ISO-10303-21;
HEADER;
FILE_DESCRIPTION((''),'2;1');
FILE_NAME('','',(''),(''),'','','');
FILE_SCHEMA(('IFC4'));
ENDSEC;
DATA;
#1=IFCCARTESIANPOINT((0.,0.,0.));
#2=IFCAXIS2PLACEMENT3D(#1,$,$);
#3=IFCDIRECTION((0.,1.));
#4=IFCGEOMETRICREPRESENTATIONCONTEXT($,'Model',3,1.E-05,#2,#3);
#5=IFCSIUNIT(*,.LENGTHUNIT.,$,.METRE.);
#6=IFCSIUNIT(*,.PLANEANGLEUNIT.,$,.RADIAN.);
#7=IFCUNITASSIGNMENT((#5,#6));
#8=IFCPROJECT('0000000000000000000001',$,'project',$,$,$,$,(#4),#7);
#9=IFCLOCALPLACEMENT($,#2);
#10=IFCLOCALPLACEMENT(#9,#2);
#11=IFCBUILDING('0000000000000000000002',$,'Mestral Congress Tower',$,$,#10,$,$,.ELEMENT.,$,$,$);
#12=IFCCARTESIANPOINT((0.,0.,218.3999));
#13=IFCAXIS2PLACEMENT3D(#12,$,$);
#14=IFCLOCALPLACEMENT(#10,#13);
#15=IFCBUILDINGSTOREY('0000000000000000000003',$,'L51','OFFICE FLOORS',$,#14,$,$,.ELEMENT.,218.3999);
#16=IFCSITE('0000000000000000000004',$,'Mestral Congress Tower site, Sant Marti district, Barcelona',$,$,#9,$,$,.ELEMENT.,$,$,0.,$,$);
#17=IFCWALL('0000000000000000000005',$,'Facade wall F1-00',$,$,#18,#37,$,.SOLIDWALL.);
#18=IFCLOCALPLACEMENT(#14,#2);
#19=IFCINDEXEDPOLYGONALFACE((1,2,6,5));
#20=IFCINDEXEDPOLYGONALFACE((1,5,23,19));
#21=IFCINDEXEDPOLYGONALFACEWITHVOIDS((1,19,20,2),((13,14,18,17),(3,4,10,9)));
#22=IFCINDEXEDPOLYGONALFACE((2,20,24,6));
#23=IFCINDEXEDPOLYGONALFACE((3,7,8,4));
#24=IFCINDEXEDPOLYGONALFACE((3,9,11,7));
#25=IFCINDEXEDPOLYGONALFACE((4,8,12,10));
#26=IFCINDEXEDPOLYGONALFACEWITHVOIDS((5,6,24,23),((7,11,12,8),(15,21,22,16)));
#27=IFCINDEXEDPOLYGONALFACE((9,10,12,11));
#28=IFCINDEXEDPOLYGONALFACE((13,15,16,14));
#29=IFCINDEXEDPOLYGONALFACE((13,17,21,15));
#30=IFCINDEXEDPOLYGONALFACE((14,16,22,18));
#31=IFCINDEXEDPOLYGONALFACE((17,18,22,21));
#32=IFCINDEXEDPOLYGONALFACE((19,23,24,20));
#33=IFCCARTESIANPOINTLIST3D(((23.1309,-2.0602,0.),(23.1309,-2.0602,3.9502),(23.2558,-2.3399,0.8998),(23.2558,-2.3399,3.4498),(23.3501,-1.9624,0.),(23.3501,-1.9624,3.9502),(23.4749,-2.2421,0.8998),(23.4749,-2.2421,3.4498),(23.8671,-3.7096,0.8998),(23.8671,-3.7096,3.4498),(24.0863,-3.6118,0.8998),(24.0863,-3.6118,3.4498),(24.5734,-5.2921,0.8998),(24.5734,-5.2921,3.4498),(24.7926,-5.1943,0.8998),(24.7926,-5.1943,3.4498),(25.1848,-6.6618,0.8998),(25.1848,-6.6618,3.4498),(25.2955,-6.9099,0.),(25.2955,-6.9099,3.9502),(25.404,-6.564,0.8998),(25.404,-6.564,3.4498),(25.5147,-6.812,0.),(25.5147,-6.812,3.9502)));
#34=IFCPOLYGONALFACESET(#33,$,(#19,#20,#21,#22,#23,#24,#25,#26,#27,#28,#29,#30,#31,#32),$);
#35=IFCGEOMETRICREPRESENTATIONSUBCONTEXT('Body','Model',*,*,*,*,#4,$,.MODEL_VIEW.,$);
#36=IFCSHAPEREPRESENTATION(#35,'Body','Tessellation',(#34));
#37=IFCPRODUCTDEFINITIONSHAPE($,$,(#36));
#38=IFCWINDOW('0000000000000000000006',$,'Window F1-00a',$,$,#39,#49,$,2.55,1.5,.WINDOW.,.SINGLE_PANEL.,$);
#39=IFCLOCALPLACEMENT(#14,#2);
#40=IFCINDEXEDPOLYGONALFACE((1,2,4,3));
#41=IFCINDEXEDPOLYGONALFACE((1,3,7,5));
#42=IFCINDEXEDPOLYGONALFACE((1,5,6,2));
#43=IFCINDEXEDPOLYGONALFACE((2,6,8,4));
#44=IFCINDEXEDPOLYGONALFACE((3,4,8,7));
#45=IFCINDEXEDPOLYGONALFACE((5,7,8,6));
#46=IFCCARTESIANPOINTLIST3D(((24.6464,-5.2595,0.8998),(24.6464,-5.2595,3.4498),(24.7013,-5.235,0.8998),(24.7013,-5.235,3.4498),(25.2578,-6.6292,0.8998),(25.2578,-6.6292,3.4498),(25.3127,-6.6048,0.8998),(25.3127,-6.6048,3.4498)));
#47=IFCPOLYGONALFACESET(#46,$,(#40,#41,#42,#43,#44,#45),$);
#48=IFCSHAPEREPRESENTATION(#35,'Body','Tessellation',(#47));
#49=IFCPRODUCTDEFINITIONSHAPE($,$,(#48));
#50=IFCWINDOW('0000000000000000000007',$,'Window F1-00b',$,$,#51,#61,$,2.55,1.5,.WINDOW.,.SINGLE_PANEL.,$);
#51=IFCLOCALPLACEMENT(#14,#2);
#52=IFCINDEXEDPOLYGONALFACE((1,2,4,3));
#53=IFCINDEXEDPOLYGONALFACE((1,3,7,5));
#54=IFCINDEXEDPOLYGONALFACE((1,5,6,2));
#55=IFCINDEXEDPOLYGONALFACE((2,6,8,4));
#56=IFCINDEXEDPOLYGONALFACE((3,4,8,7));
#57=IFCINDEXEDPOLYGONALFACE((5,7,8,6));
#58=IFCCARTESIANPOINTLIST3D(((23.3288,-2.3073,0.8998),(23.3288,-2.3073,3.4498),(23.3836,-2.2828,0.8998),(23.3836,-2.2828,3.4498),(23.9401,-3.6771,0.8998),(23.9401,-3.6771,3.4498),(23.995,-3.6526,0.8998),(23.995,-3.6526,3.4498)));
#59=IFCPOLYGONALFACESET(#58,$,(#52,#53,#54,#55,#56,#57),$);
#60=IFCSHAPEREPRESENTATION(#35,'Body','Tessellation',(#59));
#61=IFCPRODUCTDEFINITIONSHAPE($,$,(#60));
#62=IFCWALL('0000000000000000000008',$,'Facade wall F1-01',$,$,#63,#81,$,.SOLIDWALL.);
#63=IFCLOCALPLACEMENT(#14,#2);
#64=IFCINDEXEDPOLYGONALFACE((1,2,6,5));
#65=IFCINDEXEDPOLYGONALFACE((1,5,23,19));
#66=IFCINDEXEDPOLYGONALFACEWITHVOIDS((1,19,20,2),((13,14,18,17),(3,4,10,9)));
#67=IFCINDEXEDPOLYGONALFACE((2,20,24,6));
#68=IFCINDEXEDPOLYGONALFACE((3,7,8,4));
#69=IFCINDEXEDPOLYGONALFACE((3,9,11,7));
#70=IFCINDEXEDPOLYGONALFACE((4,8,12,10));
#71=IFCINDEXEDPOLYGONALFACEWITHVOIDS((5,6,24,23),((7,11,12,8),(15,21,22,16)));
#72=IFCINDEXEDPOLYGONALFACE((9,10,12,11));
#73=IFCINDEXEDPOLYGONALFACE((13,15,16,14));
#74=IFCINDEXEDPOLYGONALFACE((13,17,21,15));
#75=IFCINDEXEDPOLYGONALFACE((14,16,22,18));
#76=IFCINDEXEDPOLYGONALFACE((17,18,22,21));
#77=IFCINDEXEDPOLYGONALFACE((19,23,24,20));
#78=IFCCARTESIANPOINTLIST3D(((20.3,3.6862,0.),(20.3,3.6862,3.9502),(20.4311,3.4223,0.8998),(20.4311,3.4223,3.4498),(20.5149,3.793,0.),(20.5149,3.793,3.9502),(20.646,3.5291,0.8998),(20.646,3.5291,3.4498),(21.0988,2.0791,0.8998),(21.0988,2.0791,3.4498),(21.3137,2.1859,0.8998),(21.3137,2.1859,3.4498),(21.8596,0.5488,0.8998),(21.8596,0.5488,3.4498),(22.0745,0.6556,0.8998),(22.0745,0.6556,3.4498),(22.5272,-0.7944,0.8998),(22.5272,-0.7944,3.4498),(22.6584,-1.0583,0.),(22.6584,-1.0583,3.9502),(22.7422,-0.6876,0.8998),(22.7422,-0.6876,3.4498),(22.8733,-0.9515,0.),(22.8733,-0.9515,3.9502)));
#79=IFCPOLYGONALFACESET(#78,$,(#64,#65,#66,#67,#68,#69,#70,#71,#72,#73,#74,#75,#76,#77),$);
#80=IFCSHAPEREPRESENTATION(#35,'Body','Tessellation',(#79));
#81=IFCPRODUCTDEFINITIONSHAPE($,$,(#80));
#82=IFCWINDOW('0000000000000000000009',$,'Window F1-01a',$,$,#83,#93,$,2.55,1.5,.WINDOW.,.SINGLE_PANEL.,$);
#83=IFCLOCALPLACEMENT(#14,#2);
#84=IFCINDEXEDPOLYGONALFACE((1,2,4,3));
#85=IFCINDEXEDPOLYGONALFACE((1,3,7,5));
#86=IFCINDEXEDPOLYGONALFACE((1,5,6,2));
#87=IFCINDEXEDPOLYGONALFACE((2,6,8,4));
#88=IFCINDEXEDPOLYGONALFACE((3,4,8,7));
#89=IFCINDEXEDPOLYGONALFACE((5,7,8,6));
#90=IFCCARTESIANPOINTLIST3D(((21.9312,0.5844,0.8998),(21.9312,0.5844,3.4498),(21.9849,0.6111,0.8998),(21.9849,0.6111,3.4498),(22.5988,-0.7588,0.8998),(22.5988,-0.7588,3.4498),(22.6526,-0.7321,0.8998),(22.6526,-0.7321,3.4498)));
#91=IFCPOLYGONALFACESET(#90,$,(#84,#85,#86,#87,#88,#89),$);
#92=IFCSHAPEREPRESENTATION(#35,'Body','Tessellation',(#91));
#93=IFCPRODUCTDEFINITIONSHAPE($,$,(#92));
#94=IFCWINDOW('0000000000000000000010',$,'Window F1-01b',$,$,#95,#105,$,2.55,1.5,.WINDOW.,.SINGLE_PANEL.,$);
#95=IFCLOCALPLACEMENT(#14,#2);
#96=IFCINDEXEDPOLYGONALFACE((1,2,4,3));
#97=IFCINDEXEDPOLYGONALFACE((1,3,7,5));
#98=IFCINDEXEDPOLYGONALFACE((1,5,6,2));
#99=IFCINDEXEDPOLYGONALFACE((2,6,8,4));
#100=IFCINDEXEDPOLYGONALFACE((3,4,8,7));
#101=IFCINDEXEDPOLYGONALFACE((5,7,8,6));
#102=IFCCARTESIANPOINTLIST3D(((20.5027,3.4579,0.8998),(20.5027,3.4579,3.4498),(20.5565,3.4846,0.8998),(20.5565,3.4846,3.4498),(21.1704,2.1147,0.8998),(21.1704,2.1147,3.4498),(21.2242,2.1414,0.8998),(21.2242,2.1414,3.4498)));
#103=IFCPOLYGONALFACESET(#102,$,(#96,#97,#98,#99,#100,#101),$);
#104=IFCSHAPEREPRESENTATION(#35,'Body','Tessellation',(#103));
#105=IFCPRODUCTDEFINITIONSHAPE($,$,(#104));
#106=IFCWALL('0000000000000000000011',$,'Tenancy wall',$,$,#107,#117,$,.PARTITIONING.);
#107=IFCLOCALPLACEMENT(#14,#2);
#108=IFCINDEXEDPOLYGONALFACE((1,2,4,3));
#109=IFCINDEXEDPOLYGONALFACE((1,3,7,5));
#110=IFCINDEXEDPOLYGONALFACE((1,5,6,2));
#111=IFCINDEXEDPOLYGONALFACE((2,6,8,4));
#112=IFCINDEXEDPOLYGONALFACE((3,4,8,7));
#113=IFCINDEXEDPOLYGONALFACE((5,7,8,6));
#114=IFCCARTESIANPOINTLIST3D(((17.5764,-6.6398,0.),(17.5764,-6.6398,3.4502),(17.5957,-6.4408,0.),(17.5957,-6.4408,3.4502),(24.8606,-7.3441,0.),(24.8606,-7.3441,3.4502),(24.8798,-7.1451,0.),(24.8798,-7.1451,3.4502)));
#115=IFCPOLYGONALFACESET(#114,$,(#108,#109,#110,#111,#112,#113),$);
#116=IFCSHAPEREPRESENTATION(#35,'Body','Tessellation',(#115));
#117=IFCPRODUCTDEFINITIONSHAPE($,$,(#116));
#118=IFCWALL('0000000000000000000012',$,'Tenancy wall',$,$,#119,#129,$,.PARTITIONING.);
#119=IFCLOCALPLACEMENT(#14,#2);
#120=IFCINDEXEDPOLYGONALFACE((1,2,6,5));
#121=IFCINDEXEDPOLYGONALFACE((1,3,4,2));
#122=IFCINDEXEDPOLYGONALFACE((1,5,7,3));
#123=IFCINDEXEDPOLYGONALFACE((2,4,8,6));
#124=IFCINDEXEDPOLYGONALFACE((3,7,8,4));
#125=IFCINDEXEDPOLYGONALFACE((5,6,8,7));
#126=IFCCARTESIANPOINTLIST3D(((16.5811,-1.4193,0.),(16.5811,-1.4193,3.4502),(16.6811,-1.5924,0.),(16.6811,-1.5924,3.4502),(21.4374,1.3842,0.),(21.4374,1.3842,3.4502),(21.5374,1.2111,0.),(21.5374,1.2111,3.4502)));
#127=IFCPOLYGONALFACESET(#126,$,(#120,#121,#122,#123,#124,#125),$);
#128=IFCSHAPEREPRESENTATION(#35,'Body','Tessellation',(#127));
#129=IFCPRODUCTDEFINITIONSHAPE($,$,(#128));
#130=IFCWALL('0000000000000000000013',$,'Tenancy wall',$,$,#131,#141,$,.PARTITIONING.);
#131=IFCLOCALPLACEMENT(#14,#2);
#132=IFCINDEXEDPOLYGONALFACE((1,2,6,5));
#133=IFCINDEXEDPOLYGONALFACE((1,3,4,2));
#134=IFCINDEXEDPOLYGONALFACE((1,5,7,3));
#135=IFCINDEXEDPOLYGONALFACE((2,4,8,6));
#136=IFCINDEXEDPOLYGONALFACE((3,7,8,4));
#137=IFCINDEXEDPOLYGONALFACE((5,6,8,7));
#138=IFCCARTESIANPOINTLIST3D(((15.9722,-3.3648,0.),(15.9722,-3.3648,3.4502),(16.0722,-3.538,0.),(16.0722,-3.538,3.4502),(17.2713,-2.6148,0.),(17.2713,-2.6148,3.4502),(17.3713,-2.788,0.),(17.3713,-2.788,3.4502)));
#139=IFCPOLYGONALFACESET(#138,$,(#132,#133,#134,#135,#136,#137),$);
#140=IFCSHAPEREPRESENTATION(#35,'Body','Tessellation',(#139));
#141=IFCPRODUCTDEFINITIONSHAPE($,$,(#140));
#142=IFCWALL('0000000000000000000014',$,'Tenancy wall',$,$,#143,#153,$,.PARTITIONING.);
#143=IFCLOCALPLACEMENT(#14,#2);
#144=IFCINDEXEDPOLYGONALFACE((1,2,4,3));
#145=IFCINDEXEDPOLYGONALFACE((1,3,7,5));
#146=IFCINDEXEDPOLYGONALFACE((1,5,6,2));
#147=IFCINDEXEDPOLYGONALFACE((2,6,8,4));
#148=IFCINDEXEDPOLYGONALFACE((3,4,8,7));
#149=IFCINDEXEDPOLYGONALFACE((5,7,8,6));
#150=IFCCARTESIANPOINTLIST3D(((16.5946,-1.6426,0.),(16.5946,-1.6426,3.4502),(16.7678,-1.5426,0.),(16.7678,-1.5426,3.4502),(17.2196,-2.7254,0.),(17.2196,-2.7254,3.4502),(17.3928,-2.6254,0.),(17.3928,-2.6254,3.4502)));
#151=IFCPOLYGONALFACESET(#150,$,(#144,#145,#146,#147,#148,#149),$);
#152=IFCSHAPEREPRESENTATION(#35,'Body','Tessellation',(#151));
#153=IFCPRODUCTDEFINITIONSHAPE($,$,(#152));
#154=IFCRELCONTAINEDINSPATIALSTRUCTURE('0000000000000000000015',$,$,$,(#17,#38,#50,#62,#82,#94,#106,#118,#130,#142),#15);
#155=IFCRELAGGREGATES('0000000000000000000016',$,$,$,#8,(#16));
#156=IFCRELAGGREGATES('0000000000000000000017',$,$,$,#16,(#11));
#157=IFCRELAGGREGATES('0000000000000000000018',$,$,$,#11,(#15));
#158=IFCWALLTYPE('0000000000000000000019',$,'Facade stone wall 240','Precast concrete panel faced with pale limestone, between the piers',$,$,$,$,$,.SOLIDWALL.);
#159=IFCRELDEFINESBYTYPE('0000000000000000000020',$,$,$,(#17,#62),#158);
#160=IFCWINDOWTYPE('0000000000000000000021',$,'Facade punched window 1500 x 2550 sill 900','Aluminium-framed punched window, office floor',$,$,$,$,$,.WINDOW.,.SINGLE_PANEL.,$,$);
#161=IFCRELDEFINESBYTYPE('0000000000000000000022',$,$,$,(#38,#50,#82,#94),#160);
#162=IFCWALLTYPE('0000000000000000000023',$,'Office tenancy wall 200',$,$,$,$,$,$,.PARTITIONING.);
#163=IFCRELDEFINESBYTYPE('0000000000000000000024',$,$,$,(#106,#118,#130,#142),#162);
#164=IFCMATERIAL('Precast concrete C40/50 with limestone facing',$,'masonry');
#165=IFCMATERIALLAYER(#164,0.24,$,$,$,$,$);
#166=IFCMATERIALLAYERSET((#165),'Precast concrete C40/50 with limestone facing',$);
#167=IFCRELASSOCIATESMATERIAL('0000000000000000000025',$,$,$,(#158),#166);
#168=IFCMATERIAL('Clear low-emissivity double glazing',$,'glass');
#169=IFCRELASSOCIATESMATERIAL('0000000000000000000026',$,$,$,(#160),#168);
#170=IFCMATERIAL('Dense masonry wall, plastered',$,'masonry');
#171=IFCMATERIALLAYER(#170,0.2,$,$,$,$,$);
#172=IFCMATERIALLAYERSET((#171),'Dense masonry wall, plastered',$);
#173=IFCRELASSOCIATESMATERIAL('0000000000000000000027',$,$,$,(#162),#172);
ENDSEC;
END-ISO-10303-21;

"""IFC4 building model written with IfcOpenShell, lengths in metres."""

from ifc_helpers import new_model, si_unit, direction, frame, frame_2d, origin, place, context, subcontext, project, spatial, rectangle, extrude, material, layer, layer_set, type_object, element, fill, save


model = new_model("IFC4")

# Units and contexts
model_context = context("Model", 3, precision=1e-05, world=origin(), true_north=direction((0.0, 1.0)))
body_context = subcontext(model_context, "Body", "Model", "MODEL_VIEW")
ifc_project = project(units=[si_unit("LENGTHUNIT", "METRE"), si_unit("PLANEANGLEUNIT", "RADIAN")], contexts=[model_context])

# Site, building, storey
site_placement = place(None, origin())
site = spatial("IfcSite", under=ifc_project, at=site_placement, Name="Mestral Congress Tower site, Sant Marti district, Barcelona", CompositionType="ELEMENT", RefElevation=0.0)
building_placement = place(site_placement, origin())
building = spatial("IfcBuilding", under=site, at=building_placement, Name="Mestral Congress Tower", CompositionType="ELEMENT")
storey_placement = place(building_placement, frame((0.0, 0.0, 218.3999)))
storey = spatial("IfcBuildingStorey", under=building, at=storey_placement, Name="L51", Description="OFFICE FLOORS", CompositionType="ELEMENT", Elevation=218.3999)

# Shared definitions
ifc_material_1 = material(Name="Precast concrete C40/50 with limestone facing", Category="masonry")
ifc_layer_1 = layer(ifc_material_1, 0.24)
ifc_layer_set_1 = layer_set([ifc_layer_1], Name="Precast concrete C40/50 with limestone facing")
wall_type_1 = type_object("IfcWallType", Name="Facade stone wall 240", Description="Precast concrete panel faced with pale limestone, between the piers", PredefinedType="SOLIDWALL", material=ifc_layer_set_1)
ifc_material_2 = material(Name="Clear low-emissivity double glazing", Category="glass")

# Walls, openings, windows
wall_1_placement = place(storey_placement, frame((25.405, -6.8608, 0.0), z_axis=(0.0, 0.0, 1.0), x_axis=(-0.40758, 0.91317, 0.0)))
wall_1 = element("IfcWall", 1, at=wall_1_placement, inside=storey, type_object=wall_type_1, Name="Facade wall F1-00", PredefinedType="SOLIDWALL", context=body_context, shape_type="SweptSolid", body=[
    extrude(rectangle(XDim=5.3108, YDim=0.24, at=frame_2d((2.6553, 0.0))), origin(), (0.0, 0.0, 1.0), 3.9502),
])
opening_1_placement = place(wall_1_placement, frame((0.2715, 0.0, 0.8999)))
opening_1 = element("IfcOpeningElement", 2, at=opening_1_placement, cuts=wall_1, PredefinedType="OPENING", context=body_context, shape_type="SweptSolid", body=[
    extrude(rectangle(XDim=1.5, YDim=2.55, at=frame_2d((0.75, 1.2749))), frame((0.0, 0.1299, 0.0), z_axis=(0.0, -1.0, 0.0), x_axis=(1.0, 0.0, 0.0)), (0.0, 0.0, 1.0), 0.26),
])
opening_2_placement = place(wall_1_placement, frame((3.5044, 0.0, 0.8999)))
opening_2 = element("IfcOpeningElement", 3, at=opening_2_placement, cuts=wall_1, PredefinedType="OPENING", context=body_context, shape_type="SweptSolid", body=[
    extrude(rectangle(XDim=1.5, YDim=2.55, at=frame_2d((0.75, 1.2749))), frame((0.0, 0.1299, 0.0), z_axis=(0.0, -1.0, 0.0), x_axis=(1.0, 0.0, 0.0)), (0.0, 0.0, 1.0), 0.26),
])
window_type_1 = type_object("IfcWindowType", Name="Facade punched window 1500 x 2550 sill 900", Description="Aluminium-framed punched window, office floor", PartitioningType="SINGLE_PANEL", PredefinedType="WINDOW", material=ifc_material_2)
window_1_placement = place(opening_1_placement, origin())
window_1 = element("IfcWindow", 4, at=window_1_placement, inside=storey, type_object=window_type_1, Name="Window F1-00a", OverallHeight=2.55, OverallWidth=1.5, PartitioningType="SINGLE_PANEL", PredefinedType="WINDOW", context=body_context, shape_type="SweptSolid", body=[
    extrude(rectangle(XDim=1.5, YDim=2.55, at=frame_2d((0.75, 1.2749))), frame((0.0, 0.04, 0.0), z_axis=(0.0, -1.0, 0.0), x_axis=(1.0, 0.0, 0.0)), (0.0, 0.0, 1.0), 0.0601),
])
fill(opening_1, window_1)
window_2_placement = place(opening_2_placement, origin())
window_2 = element("IfcWindow", 5, at=window_2_placement, inside=storey, type_object=window_type_1, Name="Window F1-00b", OverallHeight=2.55, OverallWidth=1.5, PartitioningType="SINGLE_PANEL", PredefinedType="WINDOW", context=body_context, shape_type="SweptSolid", body=[
    extrude(rectangle(XDim=1.5, YDim=2.55, at=frame_2d((0.75, 1.2749))), frame((0.0, 0.04, 0.0), z_axis=(0.0, -1.0, 0.0), x_axis=(1.0, 0.0, 0.0)), (0.0, 0.0, 1.0), 0.0601),
])
fill(opening_2, window_2)
wall_2_placement = place(storey_placement, frame((22.7659, -1.0049, 0.0), z_axis=(0.0, 0.0, 1.0), x_axis=(-0.44513, 0.895466, 0.0)))
wall_2 = element("IfcWall", 6, at=wall_2_placement, inside=storey, type_object=wall_type_1, Name="Facade wall F1-01", PredefinedType="SOLIDWALL", context=body_context, shape_type="SweptSolid", body=[
    extrude(rectangle(XDim=5.2983, YDim=0.24, at=frame_2d((2.6492, 0.0))), origin(), (0.0, 0.0, 1.0), 3.9502),
])
opening_3_placement = place(wall_2_placement, frame((0.2947, 0.0, 0.8999)))
opening_3 = element("IfcOpeningElement", 7, at=opening_3_placement, cuts=wall_2, PredefinedType="OPENING", context=body_context, shape_type="SweptSolid", body=[
    extrude(rectangle(XDim=1.5, YDim=2.55, at=frame_2d((0.75, 1.2749))), frame((0.0, 0.1299, 0.0), z_axis=(0.0, -1.0, 0.0), x_axis=(1.0, 0.0, 0.0)), (0.0, 0.0, 1.0), 0.26),
])
opening_4_placement = place(wall_2_placement, frame((3.5037, 0.0, 0.8999)))
opening_4 = element("IfcOpeningElement", 8, at=opening_4_placement, cuts=wall_2, PredefinedType="OPENING", context=body_context, shape_type="SweptSolid", body=[
    extrude(rectangle(XDim=1.5, YDim=2.55, at=frame_2d((0.75, 1.2749))), frame((0.0, 0.1299, 0.0), z_axis=(0.0, -1.0, 0.0), x_axis=(1.0, 0.0, 0.0)), (0.0, 0.0, 1.0), 0.26),
])
window_3_placement = place(opening_3_placement, origin())
window_3 = element("IfcWindow", 9, at=window_3_placement, inside=storey, type_object=window_type_1, Name="Window F1-01a", OverallHeight=2.55, OverallWidth=1.5, PartitioningType="SINGLE_PANEL", PredefinedType="WINDOW", context=body_context, shape_type="SweptSolid", body=[
    extrude(rectangle(XDim=1.5, YDim=2.55, at=frame_2d((0.75, 1.2749))), frame((0.0, 0.04, 0.0), z_axis=(0.0, -1.0, 0.0), x_axis=(1.0, 0.0, 0.0)), (0.0, 0.0, 1.0), 0.0601),
])
fill(opening_3, window_3)
window_4_placement = place(opening_4_placement, origin())
window_4 = element("IfcWindow", 10, at=window_4_placement, inside=storey, type_object=window_type_1, Name="Window F1-01b", OverallHeight=2.55, OverallWidth=1.5, PartitioningType="SINGLE_PANEL", PredefinedType="WINDOW", context=body_context, shape_type="SweptSolid", body=[
    extrude(rectangle(XDim=1.5, YDim=2.55, at=frame_2d((0.75, 1.2749))), frame((0.0, 0.04, 0.0), z_axis=(0.0, -1.0, 0.0), x_axis=(1.0, 0.0, 0.0)), (0.0, 0.0, 1.0), 0.0601),
])
fill(opening_4, window_4)

# Walls
ifc_material_3 = material(Name="Dense masonry wall, plastered", Category="masonry")
ifc_layer_2 = layer(ifc_material_3, 0.2)
ifc_layer_set_2 = layer_set([ifc_layer_2], Name="Dense masonry wall, plastered")
wall_type_2 = type_object("IfcWallType", Name="Office tenancy wall 200", PredefinedType="PARTITIONING", material=ifc_layer_set_2)
wall_3_placement = place(storey_placement, frame((17.5859, -6.5403, 0.0), z_axis=(0.0, 0.0, 1.0), x_axis=(0.995358, -0.096246, 0.0)))
element("IfcWall", 11, at=wall_3_placement, inside=storey, type_object=wall_type_2, Name="Tenancy wall", PredefinedType="PARTITIONING", context=body_context, shape_type="SweptSolid", body=[
    extrude(rectangle(XDim=7.3181, YDim=0.2, at=frame_2d((3.6592, 0.0))), origin(), (0.0, 0.0, 1.0), 3.4502),
])
wall_4_placement = place(storey_placement, frame((16.6311, -1.5059, 0.0), z_axis=(0.0, 0.0, 1.0), x_axis=(0.866046, 0.499965, 0.0)))
element("IfcWall", 12, at=wall_4_placement, inside=storey, type_object=wall_type_2, Name="Tenancy wall", PredefinedType="PARTITIONING", context=body_context, shape_type="SweptSolid", body=[
    extrude(rectangle(XDim=5.6074, YDim=0.2, at=frame_2d((2.8037, 0.0))), origin(), (0.0, 0.0, 1.0), 3.4502),
])
wall_5_placement = place(storey_placement, frame((16.0222, -3.4514, 0.0), z_axis=(0.0, 0.0, 1.0), x_axis=(0.866031, 0.49999, 0.0)))
element("IfcWall", 13, at=wall_5_placement, inside=storey, type_object=wall_type_2, Name="Tenancy wall", PredefinedType="PARTITIONING", context=body_context, shape_type="SweptSolid", body=[
    extrude(rectangle(XDim=1.5, YDim=0.2, at=frame_2d((0.75, 0.0))), origin(), (0.0, 0.0, 1.0), 3.4502),
])
wall_6_placement = place(storey_placement, frame((17.3062, -2.6753, 0.0), z_axis=(0.0, 0.0, 1.0), x_axis=(-0.49992, 0.866072, 0.0)))
element("IfcWall", 14, at=wall_6_placement, inside=storey, type_object=wall_type_2, Name="Tenancy wall", PredefinedType="PARTITIONING", context=body_context, shape_type="SweptSolid", body=[
    extrude(rectangle(XDim=1.2502, YDim=0.2, at=frame_2d((0.625, 0.0))), origin(), (0.0, 0.0, 1.0), 3.4502),
])

save(model, "model.ifc")
